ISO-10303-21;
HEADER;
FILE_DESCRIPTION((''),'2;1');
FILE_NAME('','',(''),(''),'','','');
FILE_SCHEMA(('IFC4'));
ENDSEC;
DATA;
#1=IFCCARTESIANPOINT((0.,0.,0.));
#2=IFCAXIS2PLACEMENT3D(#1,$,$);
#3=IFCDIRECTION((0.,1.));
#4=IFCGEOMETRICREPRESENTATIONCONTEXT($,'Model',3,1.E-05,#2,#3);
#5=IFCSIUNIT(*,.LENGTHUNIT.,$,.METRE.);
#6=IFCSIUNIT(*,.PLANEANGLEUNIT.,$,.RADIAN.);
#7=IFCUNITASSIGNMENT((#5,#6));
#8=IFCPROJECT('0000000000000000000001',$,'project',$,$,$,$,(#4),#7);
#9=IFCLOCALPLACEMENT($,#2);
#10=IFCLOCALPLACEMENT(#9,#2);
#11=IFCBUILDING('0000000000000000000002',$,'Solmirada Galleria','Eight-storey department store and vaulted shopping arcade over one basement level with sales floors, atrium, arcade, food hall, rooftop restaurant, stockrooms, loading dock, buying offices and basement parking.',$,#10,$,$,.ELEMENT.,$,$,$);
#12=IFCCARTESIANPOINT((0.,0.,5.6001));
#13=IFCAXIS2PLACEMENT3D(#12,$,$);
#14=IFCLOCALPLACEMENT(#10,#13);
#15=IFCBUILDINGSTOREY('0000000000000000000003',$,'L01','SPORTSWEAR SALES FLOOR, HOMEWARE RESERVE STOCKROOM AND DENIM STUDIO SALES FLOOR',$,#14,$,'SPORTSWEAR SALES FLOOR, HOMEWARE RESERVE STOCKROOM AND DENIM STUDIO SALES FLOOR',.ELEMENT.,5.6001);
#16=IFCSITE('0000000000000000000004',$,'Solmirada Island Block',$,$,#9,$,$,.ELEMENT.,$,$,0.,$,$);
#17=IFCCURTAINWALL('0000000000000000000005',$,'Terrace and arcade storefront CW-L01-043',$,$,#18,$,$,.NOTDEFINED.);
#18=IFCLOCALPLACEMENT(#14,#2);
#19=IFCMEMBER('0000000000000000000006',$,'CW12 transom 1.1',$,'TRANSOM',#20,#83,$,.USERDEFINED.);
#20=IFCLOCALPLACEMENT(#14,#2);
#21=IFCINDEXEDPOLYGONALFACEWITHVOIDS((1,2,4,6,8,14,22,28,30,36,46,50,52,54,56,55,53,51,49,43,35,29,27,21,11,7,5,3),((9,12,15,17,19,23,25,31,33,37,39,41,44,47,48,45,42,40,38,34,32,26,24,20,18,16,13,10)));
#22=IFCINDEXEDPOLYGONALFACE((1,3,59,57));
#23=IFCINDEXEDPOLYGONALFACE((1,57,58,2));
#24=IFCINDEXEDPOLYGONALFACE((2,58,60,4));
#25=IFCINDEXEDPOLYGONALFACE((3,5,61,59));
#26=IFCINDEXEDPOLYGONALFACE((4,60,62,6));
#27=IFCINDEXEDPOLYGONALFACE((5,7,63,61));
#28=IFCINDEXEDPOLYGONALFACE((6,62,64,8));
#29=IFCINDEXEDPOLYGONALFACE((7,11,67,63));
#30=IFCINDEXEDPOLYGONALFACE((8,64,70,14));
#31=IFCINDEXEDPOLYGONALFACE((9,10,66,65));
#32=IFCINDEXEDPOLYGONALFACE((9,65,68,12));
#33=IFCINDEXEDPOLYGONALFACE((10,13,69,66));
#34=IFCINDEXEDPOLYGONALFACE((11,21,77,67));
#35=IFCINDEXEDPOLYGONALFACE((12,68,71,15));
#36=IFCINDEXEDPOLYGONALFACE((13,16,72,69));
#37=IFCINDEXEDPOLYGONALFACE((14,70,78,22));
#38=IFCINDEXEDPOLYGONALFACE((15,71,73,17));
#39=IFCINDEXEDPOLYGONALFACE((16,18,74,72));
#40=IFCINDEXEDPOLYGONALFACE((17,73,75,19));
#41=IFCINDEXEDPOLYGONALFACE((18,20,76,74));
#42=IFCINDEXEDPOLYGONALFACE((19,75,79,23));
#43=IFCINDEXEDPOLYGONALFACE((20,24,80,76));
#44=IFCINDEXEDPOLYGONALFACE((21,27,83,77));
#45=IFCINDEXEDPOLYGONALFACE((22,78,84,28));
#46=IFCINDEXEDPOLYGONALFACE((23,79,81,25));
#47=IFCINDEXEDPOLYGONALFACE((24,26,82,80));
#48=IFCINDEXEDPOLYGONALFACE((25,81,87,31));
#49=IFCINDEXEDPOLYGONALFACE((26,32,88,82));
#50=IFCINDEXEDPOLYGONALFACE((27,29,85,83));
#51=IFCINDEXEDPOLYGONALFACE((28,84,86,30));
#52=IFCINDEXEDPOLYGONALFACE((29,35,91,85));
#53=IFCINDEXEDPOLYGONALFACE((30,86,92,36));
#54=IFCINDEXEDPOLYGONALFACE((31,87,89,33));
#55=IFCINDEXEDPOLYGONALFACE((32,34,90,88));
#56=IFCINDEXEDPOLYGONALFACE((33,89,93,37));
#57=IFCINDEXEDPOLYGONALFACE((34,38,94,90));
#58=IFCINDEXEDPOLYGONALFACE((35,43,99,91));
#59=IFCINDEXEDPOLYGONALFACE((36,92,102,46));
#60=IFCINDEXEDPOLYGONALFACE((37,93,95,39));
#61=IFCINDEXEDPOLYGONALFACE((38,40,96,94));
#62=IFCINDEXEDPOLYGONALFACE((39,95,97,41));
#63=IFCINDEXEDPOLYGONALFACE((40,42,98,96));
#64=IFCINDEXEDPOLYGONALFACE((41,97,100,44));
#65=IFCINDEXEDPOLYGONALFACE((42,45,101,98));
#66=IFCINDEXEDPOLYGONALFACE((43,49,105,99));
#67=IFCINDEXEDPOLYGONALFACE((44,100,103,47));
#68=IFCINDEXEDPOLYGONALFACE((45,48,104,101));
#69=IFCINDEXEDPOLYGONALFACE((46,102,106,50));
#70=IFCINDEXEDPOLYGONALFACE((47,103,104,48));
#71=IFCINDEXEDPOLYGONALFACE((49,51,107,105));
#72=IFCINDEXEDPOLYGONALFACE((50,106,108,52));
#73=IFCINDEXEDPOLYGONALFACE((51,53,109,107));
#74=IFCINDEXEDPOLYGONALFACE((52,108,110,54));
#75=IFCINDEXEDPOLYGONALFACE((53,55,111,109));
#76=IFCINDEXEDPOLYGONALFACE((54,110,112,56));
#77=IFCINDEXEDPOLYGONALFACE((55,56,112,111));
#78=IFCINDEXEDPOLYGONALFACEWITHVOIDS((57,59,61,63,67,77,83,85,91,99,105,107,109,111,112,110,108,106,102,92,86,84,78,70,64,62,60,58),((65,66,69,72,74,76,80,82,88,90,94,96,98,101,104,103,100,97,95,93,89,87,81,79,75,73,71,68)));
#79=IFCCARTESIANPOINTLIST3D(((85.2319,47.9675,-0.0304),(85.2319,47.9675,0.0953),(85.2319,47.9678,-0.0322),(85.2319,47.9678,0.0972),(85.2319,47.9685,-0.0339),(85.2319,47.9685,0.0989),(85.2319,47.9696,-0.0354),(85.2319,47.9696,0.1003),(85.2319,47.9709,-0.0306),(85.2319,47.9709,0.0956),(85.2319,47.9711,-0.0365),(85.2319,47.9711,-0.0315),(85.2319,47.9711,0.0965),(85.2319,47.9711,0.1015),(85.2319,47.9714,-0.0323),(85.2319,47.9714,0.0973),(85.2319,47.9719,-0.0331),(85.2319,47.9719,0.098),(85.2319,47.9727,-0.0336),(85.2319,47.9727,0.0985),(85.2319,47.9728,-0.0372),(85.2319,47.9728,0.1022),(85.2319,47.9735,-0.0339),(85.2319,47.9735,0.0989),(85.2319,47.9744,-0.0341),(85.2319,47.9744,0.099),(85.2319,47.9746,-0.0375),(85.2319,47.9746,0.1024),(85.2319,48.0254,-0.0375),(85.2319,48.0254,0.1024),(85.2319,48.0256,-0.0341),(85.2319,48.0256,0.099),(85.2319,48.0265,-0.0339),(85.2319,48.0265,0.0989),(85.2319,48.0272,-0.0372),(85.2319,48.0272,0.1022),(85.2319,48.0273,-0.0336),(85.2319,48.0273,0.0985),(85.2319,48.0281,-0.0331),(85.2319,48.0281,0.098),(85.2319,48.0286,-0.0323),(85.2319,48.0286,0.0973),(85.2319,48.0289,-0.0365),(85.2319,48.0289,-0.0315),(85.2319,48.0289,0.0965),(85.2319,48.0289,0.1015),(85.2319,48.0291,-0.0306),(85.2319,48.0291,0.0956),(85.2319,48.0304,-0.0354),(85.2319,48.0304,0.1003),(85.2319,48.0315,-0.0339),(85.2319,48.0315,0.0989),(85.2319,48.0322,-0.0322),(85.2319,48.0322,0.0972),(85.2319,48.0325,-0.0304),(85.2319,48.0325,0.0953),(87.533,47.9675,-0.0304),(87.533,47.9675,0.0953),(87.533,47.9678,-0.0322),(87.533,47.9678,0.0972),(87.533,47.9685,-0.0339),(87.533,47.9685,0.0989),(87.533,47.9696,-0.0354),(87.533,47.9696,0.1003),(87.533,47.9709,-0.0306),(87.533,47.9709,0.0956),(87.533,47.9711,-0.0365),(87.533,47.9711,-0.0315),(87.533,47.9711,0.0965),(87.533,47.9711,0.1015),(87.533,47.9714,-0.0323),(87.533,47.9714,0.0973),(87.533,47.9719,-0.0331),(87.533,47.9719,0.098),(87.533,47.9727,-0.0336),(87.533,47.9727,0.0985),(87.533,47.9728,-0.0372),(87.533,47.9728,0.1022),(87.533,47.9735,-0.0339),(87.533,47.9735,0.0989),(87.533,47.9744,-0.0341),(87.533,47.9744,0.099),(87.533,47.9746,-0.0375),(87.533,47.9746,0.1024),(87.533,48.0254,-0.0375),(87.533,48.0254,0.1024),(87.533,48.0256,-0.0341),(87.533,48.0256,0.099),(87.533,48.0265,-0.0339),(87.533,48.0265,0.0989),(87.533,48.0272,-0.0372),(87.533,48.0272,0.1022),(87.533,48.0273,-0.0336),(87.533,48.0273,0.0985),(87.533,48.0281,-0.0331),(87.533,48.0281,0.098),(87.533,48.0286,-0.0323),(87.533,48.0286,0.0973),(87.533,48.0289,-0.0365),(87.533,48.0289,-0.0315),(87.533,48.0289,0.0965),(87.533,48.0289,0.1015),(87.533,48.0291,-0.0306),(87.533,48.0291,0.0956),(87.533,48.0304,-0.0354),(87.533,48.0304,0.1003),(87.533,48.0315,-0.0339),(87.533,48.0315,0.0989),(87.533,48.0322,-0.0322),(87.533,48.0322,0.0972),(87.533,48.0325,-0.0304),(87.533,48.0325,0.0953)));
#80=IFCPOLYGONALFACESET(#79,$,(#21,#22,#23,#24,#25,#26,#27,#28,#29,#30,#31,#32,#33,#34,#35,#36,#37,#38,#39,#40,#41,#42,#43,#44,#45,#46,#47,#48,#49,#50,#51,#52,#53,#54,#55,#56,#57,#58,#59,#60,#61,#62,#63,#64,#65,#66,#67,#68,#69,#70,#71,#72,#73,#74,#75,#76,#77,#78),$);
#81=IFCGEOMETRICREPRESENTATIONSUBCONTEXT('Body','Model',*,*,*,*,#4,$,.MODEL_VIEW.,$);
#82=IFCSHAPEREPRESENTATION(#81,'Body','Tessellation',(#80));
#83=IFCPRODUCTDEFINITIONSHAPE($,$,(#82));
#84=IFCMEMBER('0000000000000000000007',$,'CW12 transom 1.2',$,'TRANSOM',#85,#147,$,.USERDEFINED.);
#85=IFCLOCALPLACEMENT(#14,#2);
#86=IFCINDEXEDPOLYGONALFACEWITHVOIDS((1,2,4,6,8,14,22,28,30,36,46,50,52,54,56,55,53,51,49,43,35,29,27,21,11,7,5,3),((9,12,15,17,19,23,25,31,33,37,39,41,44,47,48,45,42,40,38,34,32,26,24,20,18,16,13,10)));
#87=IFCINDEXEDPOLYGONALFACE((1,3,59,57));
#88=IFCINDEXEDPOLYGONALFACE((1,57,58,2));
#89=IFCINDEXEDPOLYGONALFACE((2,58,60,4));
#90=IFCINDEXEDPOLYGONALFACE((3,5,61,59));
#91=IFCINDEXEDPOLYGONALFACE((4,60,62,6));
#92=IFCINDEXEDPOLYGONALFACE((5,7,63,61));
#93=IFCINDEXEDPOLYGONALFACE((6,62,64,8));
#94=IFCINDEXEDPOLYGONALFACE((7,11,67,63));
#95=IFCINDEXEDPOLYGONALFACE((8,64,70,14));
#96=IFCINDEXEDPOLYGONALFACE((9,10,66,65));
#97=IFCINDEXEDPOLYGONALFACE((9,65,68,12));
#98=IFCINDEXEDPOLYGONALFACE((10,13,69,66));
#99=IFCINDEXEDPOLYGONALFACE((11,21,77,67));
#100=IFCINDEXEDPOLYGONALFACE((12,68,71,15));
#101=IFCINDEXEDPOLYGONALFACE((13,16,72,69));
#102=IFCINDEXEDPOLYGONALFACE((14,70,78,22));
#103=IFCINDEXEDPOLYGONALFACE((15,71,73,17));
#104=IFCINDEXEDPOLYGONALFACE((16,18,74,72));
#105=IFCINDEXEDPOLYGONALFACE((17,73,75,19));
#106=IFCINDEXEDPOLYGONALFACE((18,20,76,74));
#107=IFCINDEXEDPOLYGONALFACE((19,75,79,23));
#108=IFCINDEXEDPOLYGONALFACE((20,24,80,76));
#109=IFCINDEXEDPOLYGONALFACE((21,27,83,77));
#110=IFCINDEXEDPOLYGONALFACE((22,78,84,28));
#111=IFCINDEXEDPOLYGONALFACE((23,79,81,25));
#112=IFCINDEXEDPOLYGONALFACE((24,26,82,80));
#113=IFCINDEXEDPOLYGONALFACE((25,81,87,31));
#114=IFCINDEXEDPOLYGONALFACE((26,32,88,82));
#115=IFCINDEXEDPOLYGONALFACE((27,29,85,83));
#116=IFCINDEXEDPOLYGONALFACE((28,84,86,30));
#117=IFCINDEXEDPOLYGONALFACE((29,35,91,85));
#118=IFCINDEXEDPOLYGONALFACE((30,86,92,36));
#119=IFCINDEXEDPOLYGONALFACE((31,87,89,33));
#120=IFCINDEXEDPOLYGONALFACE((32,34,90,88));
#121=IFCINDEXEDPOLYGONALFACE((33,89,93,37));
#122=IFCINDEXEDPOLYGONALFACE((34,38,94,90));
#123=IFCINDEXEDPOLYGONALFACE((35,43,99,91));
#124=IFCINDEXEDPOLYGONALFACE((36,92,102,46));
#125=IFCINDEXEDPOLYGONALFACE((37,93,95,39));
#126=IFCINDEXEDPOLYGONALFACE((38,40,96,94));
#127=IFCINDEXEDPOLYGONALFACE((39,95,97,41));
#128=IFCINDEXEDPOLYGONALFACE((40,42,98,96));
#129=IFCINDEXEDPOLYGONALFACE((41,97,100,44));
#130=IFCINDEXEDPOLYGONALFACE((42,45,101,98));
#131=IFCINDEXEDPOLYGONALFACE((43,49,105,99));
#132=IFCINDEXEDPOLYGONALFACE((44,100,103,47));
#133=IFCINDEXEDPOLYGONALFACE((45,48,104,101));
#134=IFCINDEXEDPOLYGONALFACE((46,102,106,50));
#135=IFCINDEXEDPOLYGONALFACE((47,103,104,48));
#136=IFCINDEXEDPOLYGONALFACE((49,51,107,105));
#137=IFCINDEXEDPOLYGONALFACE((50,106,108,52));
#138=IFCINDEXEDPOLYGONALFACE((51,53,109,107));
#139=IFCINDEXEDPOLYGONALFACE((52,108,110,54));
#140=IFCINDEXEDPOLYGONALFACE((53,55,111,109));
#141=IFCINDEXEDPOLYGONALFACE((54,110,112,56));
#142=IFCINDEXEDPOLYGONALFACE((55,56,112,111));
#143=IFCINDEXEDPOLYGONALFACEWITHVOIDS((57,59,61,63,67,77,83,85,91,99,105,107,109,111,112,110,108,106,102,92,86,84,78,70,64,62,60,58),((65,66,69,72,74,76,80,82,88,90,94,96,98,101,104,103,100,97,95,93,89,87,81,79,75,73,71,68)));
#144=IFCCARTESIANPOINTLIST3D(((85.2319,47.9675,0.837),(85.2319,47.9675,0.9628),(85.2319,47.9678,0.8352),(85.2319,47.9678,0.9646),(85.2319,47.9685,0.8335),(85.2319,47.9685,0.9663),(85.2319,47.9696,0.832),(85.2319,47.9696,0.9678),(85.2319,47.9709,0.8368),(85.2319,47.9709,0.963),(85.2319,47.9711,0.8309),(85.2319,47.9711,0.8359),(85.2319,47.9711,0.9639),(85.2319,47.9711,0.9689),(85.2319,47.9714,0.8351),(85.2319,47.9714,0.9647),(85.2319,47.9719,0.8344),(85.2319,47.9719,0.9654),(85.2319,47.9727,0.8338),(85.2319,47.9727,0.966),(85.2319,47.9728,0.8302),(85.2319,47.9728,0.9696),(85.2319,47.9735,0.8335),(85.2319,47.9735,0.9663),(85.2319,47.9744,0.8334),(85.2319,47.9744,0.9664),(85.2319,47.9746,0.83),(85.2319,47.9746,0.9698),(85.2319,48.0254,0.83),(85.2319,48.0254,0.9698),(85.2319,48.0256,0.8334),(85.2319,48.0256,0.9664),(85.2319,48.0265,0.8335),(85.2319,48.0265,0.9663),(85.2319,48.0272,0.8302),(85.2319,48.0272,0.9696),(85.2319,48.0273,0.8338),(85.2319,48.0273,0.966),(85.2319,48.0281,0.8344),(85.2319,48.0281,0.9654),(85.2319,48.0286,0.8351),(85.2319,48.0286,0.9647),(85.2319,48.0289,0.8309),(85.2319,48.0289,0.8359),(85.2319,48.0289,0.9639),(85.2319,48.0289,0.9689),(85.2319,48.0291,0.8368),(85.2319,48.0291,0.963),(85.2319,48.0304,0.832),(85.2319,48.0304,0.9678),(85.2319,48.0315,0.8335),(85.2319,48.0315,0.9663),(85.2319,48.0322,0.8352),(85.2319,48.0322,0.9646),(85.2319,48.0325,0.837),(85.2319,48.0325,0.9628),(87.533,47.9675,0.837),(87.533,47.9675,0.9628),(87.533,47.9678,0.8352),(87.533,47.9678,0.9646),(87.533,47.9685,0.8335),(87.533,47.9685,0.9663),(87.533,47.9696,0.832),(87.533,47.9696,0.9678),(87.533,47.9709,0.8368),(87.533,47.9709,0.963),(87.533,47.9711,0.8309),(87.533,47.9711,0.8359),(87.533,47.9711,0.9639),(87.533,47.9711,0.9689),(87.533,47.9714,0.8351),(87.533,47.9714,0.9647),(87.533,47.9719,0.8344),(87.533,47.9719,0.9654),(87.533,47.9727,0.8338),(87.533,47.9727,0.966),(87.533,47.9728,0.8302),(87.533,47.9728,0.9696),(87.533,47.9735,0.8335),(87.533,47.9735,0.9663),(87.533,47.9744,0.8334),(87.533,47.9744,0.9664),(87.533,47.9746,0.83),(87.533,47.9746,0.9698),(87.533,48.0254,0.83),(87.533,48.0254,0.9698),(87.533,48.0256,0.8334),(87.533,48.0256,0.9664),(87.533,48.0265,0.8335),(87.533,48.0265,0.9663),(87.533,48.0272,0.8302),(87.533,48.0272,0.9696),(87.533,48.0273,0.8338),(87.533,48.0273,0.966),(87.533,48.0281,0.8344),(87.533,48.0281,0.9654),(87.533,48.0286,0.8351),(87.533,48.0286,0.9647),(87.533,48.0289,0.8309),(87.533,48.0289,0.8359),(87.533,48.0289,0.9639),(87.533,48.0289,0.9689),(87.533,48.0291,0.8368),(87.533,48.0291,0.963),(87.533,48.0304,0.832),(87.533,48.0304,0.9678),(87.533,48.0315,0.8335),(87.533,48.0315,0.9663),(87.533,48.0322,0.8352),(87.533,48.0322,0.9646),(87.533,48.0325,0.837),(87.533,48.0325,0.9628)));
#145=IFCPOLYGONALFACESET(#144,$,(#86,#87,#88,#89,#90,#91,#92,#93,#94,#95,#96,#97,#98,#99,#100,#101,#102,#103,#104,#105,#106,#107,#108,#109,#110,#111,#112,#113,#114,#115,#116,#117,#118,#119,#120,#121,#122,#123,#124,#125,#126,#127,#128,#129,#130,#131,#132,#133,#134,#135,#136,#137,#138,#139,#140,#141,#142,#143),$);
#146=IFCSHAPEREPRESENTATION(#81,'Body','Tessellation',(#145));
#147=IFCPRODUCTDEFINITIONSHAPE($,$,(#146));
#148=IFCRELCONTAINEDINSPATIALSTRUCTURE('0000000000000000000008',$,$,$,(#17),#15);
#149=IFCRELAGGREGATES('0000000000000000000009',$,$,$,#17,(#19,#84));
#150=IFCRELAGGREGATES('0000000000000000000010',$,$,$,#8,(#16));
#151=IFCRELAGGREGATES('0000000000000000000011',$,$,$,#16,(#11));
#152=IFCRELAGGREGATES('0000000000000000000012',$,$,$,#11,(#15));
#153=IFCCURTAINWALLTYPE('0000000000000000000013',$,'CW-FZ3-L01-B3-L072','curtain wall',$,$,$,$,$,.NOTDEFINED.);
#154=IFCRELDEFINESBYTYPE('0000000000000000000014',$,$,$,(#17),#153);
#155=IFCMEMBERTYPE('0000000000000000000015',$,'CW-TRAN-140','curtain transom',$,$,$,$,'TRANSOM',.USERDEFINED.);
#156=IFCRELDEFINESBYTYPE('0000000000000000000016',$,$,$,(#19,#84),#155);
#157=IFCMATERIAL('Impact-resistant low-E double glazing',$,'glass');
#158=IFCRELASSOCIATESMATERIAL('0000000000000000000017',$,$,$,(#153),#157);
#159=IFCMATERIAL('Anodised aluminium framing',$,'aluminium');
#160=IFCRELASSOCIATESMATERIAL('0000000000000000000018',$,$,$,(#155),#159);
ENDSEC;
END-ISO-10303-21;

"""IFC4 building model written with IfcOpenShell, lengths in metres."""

from ifc_helpers import new_model, si_unit, direction, frame, origin, origin_2d, place, context, subcontext, project, spatial, hollow_rectangle, extrude, material, material_profile, profile_set, type_object, element, aggregate, save


model = new_model("IFC4")

# Units and contexts
model_context = context("Model", 3, precision=1e-05, world=origin(), true_north=direction((0.0, 1.0)))
body_context = subcontext(model_context, "Body", "Model", "MODEL_VIEW")
ifc_project = project(units=[si_unit("LENGTHUNIT", "METRE"), si_unit("PLANEANGLEUNIT", "RADIAN")], contexts=[model_context])

# Site, building, storey
site_placement = place(None, origin())
site = spatial("IfcSite", under=ifc_project, at=site_placement, Name="Solmirada Island Block", CompositionType="ELEMENT", RefElevation=0.0)
building_placement = place(site_placement, origin())
building = spatial("IfcBuilding", under=site, at=building_placement, Name="Solmirada Galleria", Description="Eight-storey department store and vaulted shopping arcade over one basement level with sales floors, atrium, arcade, food hall, rooftop restaurant, stockrooms, loading dock, buying offices and basement parking.", CompositionType="ELEMENT")
storey_placement = place(building_placement, frame((0.0, 0.0, 5.6001)))
storey = spatial("IfcBuildingStorey", under=building, at=storey_placement, Name="L01", Description="SPORTSWEAR SALES FLOOR, HOMEWARE RESERVE STOCKROOM AND DENIM STUDIO SALES FLOOR", LongName="SPORTSWEAR SALES FLOOR, HOMEWARE RESERVE STOCKROOM AND DENIM STUDIO SALES FLOOR", CompositionType="ELEMENT", Elevation=5.6001)

# Curtain wall
ifc_material_1 = material(Name="Impact-resistant low-E double glazing", Category="glass")
curtain_wall_type = type_object("IfcCurtainWallType", Name="CW-FZ3-L01-B3-L072", Description="curtain wall", PredefinedType="NOTDEFINED", material=ifc_material_1)
curtain_wall_1_placement = place(storey_placement, origin())
curtain_wall_1 = element("IfcCurtainWall", 1, at=curtain_wall_1_placement, inside=storey, type_object=curtain_wall_type, Name="Terrace and arcade storefront CW-L01-043", PredefinedType="NOTDEFINED")
ifc_material_2 = material(Name="Anodised aluminium framing", Category="aluminium")

# Members
ifc_material_profile_1 = material_profile(ifc_material_2, hollow_rectangle(XDim=0.0649, YDim=0.1399, WallThickness=0.0034, InnerFilletRadius=0.0034, OuterFilletRadius=0.0071, at=origin_2d()), Name="ALU-TRAN-140X65")
ifc_profile_set_1 = profile_set([ifc_material_profile_1], Name="Anodised aluminium framing")
member_type_1 = type_object("IfcMemberType", Name="CW-TRAN-140", Description="curtain transom", ElementType="TRANSOM", PredefinedType="USERDEFINED", material=ifc_profile_set_1)
member_1_placement = place(storey_placement, frame((87.533, 48.0, 0.0325), z_axis=(-1.0, 0.0, 0.0), x_axis=(0.0, -1.0, 0.0)))
member_1 = element("IfcMember", 2, at=member_1_placement, type_object=member_type_1, Name="CW12 transom 1.1", ObjectType="TRANSOM", PredefinedType="USERDEFINED", context=body_context, shape_type="SweptSolid", body=[
    extrude(hollow_rectangle(XDim=0.0649, YDim=0.1399, WallThickness=0.0034, InnerFilletRadius=0.0034, OuterFilletRadius=0.0071, at=origin_2d()), origin(), (0.0, 0.0, 1.0), 2.301),
])
member_2_placement = place(storey_placement, frame((87.533, 48.0, 0.8999), z_axis=(-1.0, 0.0, 0.0), x_axis=(0.0, -1.0, 0.0)))
member_2 = element("IfcMember", 3, at=member_2_placement, type_object=member_type_1, Name="CW12 transom 1.2", ObjectType="TRANSOM", PredefinedType="USERDEFINED", context=body_context, shape_type="SweptSolid", body=[
    extrude(hollow_rectangle(XDim=0.0649, YDim=0.1399, WallThickness=0.0034, InnerFilletRadius=0.0034, OuterFilletRadius=0.0071, at=origin_2d()), origin(), (0.0, 0.0, 1.0), 2.301),
])

aggregate(curtain_wall_1, [member_1, member_2])

save(model, "model.ifc")
